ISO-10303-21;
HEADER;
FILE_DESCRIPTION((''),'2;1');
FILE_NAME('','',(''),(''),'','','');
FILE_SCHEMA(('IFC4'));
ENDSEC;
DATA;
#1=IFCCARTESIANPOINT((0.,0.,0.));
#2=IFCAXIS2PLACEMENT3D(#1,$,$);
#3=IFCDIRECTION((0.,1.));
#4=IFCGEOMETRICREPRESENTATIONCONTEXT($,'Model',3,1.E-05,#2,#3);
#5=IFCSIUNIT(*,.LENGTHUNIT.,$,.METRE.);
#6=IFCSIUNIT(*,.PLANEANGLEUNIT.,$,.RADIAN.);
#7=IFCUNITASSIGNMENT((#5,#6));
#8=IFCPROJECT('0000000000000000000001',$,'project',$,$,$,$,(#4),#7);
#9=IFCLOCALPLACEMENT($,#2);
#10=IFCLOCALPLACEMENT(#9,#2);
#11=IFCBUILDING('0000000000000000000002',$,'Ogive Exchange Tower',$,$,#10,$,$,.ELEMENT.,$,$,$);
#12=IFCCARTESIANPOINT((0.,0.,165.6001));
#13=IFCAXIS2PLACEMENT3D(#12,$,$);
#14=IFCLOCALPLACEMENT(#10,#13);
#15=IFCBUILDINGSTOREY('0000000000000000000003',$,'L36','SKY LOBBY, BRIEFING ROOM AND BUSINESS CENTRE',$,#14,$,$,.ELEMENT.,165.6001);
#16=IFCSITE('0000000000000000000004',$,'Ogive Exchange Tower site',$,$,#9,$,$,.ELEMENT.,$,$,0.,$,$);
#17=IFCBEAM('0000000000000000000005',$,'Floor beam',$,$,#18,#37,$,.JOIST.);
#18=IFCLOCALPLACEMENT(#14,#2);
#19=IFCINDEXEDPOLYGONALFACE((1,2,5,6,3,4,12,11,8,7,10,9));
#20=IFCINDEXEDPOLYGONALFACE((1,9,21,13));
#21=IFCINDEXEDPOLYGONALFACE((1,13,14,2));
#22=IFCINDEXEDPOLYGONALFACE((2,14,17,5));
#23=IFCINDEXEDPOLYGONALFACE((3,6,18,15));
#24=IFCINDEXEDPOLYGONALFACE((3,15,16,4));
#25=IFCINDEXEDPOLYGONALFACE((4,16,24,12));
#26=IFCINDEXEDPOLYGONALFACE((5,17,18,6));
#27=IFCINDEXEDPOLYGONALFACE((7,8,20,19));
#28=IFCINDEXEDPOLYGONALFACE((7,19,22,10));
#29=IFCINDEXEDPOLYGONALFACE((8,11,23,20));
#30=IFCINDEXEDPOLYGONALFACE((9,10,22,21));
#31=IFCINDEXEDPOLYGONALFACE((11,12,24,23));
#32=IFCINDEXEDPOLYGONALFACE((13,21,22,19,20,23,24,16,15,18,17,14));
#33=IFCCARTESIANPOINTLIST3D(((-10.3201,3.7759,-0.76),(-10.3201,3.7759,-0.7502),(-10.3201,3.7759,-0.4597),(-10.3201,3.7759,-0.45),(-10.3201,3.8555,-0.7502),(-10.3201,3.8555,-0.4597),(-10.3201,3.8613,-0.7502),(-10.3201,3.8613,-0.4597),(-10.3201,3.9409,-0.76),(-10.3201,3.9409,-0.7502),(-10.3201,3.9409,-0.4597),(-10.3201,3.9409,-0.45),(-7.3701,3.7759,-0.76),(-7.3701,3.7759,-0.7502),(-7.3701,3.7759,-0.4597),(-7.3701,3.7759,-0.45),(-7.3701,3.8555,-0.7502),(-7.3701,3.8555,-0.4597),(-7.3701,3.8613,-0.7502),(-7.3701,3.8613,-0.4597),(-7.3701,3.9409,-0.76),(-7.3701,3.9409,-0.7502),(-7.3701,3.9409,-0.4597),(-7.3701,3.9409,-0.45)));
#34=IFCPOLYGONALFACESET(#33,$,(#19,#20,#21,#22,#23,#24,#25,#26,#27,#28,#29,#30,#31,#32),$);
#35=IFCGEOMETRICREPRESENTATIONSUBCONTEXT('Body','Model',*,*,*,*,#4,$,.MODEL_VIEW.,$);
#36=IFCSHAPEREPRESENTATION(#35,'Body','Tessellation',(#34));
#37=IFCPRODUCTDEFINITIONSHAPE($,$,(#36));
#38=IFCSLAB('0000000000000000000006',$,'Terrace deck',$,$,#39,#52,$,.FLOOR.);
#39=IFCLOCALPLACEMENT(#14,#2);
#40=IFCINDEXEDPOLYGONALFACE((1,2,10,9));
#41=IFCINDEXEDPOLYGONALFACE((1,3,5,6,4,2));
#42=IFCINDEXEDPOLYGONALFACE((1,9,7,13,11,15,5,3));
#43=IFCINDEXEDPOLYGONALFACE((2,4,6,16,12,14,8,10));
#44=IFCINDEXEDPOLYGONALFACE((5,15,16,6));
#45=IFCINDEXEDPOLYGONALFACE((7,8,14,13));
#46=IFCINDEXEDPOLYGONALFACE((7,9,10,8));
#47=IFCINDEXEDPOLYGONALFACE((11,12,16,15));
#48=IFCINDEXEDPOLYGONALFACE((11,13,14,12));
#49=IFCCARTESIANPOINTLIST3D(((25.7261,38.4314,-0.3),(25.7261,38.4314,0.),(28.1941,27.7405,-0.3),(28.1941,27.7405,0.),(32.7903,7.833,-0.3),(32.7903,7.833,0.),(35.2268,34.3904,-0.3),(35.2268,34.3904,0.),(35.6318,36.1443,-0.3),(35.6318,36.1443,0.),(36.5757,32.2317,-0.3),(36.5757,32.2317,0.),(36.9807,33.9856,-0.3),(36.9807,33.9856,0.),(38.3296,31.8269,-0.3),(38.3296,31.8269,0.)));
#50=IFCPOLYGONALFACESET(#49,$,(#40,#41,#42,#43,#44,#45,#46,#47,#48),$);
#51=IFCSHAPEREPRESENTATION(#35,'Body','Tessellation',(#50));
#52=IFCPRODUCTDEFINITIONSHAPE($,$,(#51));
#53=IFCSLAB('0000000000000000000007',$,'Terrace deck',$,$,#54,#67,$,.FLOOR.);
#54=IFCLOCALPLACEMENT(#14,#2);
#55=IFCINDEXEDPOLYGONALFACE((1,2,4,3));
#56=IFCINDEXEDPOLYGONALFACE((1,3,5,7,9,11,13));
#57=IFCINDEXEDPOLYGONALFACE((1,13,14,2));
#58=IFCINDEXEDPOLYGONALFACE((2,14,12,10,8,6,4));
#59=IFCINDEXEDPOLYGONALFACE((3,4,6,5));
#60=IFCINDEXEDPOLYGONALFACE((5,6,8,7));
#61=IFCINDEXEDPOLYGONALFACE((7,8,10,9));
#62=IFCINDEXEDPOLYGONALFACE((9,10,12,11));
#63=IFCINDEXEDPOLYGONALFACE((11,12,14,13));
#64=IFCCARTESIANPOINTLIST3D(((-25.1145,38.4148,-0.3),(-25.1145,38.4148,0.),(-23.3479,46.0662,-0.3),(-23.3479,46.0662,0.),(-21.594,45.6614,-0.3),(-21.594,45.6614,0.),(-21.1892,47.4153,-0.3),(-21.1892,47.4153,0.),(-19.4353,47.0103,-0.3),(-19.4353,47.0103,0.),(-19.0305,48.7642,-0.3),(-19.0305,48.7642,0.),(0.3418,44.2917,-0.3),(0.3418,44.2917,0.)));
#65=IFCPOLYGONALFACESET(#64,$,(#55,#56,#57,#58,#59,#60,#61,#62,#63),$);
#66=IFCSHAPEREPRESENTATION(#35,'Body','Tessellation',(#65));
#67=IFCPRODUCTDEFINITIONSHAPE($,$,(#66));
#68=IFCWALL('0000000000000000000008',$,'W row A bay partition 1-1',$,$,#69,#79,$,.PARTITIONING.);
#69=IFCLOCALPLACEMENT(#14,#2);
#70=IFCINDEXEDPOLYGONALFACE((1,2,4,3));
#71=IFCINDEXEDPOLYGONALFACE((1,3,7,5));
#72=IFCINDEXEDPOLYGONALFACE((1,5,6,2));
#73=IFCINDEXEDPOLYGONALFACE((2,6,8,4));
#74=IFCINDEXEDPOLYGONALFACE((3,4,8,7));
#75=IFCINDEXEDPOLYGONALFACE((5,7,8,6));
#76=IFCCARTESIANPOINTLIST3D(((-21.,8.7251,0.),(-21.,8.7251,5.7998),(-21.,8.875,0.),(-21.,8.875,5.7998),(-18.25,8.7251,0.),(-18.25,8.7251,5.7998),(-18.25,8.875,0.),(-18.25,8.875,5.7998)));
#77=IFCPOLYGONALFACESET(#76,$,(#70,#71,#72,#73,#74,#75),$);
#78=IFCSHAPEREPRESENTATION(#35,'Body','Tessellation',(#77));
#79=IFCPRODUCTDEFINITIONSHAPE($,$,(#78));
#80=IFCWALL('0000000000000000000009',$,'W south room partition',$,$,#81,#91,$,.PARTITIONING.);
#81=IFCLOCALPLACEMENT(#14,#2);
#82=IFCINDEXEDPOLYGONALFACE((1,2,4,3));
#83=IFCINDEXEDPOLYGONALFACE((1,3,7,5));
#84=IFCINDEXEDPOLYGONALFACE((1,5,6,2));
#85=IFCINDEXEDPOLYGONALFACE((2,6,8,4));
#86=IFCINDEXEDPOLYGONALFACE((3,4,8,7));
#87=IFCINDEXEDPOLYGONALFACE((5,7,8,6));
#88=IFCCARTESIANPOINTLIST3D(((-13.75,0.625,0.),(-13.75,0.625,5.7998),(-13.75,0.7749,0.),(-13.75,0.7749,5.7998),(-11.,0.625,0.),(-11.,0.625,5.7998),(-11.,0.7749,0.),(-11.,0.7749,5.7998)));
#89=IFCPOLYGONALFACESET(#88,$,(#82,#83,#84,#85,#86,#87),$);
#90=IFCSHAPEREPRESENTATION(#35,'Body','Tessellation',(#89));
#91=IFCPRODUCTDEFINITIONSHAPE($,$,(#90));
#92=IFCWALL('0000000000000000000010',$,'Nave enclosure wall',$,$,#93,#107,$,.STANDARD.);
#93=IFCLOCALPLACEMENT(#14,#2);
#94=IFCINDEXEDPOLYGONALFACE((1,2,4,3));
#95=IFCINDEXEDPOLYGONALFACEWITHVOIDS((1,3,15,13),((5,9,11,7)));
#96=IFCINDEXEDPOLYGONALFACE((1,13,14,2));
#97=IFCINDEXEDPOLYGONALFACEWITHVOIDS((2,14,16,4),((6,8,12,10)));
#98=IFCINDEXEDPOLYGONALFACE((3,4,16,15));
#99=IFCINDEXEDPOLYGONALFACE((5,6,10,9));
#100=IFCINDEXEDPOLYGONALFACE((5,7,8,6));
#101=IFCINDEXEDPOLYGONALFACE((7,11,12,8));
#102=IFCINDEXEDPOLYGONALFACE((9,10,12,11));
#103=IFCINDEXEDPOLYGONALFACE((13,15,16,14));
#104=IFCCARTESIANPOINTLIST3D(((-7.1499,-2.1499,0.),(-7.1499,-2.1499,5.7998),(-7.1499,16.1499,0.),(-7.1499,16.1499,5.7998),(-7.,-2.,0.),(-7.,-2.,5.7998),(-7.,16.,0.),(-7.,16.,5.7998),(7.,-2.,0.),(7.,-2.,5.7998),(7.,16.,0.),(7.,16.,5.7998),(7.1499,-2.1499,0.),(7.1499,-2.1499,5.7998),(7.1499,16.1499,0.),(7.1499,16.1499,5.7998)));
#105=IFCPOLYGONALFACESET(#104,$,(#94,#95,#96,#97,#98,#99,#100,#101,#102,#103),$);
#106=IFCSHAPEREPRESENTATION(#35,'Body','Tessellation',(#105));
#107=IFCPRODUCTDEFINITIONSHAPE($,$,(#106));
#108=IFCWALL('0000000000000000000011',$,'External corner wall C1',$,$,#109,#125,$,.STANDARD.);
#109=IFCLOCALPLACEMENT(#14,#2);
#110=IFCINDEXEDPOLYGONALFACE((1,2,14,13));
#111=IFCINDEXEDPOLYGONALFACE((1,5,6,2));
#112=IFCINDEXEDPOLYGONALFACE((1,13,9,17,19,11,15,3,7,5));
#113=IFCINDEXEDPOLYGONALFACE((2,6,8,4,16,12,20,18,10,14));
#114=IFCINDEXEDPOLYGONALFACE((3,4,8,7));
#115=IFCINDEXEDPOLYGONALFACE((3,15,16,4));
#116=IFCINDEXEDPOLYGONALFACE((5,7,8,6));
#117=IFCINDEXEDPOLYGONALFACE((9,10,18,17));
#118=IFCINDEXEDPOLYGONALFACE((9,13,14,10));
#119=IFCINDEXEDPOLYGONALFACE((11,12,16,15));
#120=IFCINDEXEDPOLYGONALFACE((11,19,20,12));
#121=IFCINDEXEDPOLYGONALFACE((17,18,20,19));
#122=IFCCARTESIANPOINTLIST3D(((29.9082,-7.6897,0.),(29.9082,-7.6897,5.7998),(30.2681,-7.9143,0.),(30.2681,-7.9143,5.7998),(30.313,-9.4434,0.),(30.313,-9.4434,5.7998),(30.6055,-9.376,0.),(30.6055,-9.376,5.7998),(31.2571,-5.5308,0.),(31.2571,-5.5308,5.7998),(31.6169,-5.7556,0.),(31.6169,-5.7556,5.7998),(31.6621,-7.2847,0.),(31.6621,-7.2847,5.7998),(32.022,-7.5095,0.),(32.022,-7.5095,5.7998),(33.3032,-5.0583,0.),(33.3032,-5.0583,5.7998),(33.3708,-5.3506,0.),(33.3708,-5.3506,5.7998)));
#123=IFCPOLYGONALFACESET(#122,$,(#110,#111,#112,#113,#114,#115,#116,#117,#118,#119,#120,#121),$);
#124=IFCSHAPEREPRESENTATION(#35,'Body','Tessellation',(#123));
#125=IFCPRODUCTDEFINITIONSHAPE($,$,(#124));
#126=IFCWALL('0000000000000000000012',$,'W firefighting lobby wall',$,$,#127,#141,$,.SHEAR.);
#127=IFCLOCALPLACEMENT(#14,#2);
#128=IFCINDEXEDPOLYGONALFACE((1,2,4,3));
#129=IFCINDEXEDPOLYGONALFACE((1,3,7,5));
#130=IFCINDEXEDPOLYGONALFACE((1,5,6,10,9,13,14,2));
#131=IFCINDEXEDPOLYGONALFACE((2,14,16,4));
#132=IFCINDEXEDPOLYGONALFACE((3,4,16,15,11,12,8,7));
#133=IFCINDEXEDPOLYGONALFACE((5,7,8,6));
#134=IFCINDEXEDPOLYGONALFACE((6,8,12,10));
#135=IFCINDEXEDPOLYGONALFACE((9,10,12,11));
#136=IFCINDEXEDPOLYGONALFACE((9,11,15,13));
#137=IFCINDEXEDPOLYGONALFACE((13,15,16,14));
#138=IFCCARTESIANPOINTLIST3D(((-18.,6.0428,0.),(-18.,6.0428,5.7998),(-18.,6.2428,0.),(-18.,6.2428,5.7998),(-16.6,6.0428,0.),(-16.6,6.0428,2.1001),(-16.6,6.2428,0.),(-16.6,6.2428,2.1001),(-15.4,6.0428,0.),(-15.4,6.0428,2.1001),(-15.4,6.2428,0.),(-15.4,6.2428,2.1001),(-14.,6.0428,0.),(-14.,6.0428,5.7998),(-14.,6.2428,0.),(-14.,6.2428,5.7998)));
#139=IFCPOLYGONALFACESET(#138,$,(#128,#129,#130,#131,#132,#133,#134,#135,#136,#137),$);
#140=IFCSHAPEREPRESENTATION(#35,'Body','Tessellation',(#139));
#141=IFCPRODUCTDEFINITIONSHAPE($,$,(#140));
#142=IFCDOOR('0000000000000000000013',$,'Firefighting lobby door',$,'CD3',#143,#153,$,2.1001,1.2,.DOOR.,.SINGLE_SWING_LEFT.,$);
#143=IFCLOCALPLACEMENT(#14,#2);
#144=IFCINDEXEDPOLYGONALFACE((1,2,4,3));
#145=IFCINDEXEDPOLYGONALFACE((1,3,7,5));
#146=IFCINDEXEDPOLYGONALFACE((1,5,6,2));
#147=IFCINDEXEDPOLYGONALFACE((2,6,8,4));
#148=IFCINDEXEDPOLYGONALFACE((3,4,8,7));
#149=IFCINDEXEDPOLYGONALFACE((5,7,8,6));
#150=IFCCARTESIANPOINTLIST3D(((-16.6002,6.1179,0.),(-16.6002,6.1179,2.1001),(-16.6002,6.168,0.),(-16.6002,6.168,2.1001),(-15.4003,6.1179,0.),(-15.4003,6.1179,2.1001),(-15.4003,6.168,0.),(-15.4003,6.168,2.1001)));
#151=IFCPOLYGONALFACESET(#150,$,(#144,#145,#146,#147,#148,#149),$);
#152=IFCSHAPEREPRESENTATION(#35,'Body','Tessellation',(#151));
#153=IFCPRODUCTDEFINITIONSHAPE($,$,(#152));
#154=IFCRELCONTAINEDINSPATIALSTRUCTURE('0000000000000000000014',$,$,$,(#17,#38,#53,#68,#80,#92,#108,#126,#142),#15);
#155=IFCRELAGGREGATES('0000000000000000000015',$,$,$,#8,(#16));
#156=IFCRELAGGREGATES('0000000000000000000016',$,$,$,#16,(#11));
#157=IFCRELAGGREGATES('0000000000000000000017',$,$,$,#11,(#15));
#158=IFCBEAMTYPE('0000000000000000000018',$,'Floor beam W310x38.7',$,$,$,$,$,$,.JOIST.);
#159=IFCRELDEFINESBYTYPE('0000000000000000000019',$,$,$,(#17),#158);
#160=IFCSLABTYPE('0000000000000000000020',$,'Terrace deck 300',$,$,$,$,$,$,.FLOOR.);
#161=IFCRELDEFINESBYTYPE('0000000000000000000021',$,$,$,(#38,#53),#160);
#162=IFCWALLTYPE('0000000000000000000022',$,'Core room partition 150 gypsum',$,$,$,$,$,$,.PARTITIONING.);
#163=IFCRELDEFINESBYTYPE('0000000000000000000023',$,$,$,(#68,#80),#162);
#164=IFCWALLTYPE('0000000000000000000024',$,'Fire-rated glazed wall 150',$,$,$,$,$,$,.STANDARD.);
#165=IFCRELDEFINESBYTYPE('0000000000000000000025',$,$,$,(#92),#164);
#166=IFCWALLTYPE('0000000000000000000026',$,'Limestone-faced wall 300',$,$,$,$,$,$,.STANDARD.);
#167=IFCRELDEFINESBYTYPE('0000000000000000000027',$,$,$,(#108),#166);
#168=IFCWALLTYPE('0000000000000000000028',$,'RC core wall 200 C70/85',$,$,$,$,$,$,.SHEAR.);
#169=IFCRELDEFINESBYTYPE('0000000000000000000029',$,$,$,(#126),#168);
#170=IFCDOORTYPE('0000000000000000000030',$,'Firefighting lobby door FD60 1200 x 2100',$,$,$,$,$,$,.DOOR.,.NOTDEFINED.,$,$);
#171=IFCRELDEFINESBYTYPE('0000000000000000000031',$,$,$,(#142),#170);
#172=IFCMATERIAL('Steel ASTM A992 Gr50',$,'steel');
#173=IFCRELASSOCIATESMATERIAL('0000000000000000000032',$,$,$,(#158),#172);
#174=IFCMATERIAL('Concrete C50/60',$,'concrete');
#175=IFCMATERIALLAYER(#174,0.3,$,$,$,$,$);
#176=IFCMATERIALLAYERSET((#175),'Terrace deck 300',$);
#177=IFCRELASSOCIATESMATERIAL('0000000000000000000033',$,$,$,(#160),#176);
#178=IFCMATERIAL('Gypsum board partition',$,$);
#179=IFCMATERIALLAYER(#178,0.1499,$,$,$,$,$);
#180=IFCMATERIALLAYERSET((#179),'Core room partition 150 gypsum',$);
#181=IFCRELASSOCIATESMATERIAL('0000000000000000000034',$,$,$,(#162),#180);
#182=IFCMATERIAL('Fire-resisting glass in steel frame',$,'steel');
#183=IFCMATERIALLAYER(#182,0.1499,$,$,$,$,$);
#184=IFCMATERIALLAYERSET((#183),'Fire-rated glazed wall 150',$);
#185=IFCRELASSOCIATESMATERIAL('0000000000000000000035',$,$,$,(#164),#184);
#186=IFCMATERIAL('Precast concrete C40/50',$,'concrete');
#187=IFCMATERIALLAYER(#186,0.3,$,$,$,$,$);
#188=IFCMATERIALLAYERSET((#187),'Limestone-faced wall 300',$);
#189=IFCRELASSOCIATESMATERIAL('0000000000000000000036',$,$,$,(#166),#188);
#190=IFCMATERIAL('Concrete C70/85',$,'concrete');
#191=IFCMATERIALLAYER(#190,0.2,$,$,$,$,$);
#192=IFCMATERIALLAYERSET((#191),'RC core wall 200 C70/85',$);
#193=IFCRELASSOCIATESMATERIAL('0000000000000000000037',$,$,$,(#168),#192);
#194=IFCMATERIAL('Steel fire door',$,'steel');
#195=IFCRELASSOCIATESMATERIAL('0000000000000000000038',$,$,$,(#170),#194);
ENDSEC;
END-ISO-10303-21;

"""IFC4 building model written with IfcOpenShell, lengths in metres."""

from ifc_helpers import new_model, si_unit, direction, frame, frame_2d, origin, origin_2d, place, context, subcontext, project, spatial, polyline, rectangle, i_section, outline, extrude, material, layer, layer_set, material_profile, profile_set, type_object, element, fill, save


model = new_model("IFC4")

# Units and contexts
model_context = context("Model", 3, precision=1e-05, world=origin(), true_north=direction((0.0, 1.0)))
body_context = subcontext(model_context, "Body", "Model", "MODEL_VIEW")
ifc_project = project(units=[si_unit("LENGTHUNIT", "METRE"), si_unit("PLANEANGLEUNIT", "RADIAN")], contexts=[model_context])

# Site, building, storey
site_placement = place(None, origin())
site = spatial("IfcSite", under=ifc_project, at=site_placement, Name="Ogive Exchange Tower site", CompositionType="ELEMENT", RefElevation=0.0)
building_placement = place(site_placement, origin())
building = spatial("IfcBuilding", under=site, at=building_placement, Name="Ogive Exchange Tower", CompositionType="ELEMENT")
storey_placement = place(building_placement, frame((0.0, 0.0, 165.6001)))
storey = spatial("IfcBuildingStorey", under=building, at=storey_placement, Name="L36", Description="SKY LOBBY, BRIEFING ROOM AND BUSINESS CENTRE", CompositionType="ELEMENT", Elevation=165.6001)

# Beam
ifc_material_1 = material(Name="Steel ASTM A992 Gr50", Category="steel")
ifc_material_profile = material_profile(ifc_material_1, i_section(OverallWidth=0.165, OverallDepth=0.3101, WebThickness=0.0059, FlangeThickness=0.0098, at=origin_2d()), Name="W310x38.7")
ifc_profile_set = profile_set([ifc_material_profile], Name="Steel ASTM A992 Gr50")
beam_type = type_object("IfcBeamType", Name="Floor beam W310x38.7", PredefinedType="JOIST", material=ifc_profile_set)
beam_placement = place(storey_placement, frame((-10.3201, 3.8584, -0.605), z_axis=(1.0, 0.0, 0.0), x_axis=(0.0, 1.0, 0.0)))
element("IfcBeam", 1, at=beam_placement, inside=storey, type_object=beam_type, Name="Floor beam", PredefinedType="JOIST", context=body_context, shape_type="SweptSolid", body=[
    extrude(i_section(OverallWidth=0.165, OverallDepth=0.3101, WebThickness=0.0059, FlangeThickness=0.0098, at=origin_2d()), origin(), (0.0, 0.0, 1.0), 2.95),
])

# Slabs
ifc_material_2 = material(Name="Concrete C50/60", Category="concrete")
ifc_layer_1 = layer(ifc_material_2, 0.3)
ifc_layer_set_1 = layer_set([ifc_layer_1], Name="Terrace deck 300")
slab_type = type_object("IfcSlabType", Name="Terrace deck 300", PredefinedType="FLOOR", material=ifc_layer_set_1)
slab_1_placement = place(storey_placement, frame((0.0, 0.0, -0.3)))
element("IfcSlab", 2, at=slab_1_placement, inside=storey, type_object=slab_type, Name="Terrace deck", PredefinedType="FLOOR", context=body_context, shape_type="SweptSolid", body=[
    extrude(outline(polyline([(35.2268, 34.3904), (36.9807, 33.9856), (36.5757, 32.2317), (38.3296, 31.8269), (32.7903, 7.833), (28.1941, 27.7405), (25.7261, 38.4314), (35.6318, 36.1443), (35.2268, 34.3904)])), origin(), (0.0, 0.0, 1.0), 0.3),
])
slab_2_placement = place(storey_placement, frame((0.0, 0.0, -0.3)))
element("IfcSlab", 3, at=slab_2_placement, inside=storey, type_object=slab_type, Name="Terrace deck", PredefinedType="FLOOR", context=body_context, shape_type="SweptSolid", body=[
    extrude(outline(polyline([(-21.594, 45.6614), (-21.1892, 47.4153), (-19.4353, 47.0103), (-19.0305, 48.7642), (0.3418, 44.2917), (-25.1145, 38.4148), (-23.3479, 46.0662), (-21.594, 45.6614)])), origin(), (0.0, 0.0, 1.0), 0.3),
])

# Walls
ifc_material_3 = material(Name="Gypsum board partition")
ifc_layer_2 = layer(ifc_material_3, 0.1499)
ifc_layer_set_2 = layer_set([ifc_layer_2], Name="Core room partition 150 gypsum")
wall_type_1 = type_object("IfcWallType", Name="Core room partition 150 gypsum", PredefinedType="PARTITIONING", material=ifc_layer_set_2)
for number, where, z_axis, x_axis, name in (
    (4, (-21.0, 8.8, 0.0), (0.0, 0.0, 1.0), (1.0, 0.0, 0.0), "W row A bay partition 1-1"),
    (5, (-13.75, 0.7, 0.0), (0.0, 0.0, 1.0), (1.0, 0.0, 0.0), "W south room partition"),
):
    element("IfcWall", number, at=place(storey_placement, frame(where, z_axis=z_axis, x_axis=x_axis)), inside=storey, type_object=wall_type_1, Name=name, PredefinedType="PARTITIONING", context=body_context, shape_type="SweptSolid", body=[
        extrude(rectangle(XDim=2.75, YDim=0.1499, at=frame_2d((1.375, 0.0))), origin(), (0.0, 0.0, 1.0), 5.7998),
    ])
ifc_material_4 = material(Name="Fire-resisting glass in steel frame", Category="steel")
ifc_layer_3 = layer(ifc_material_4, 0.1499)
ifc_layer_set_3 = layer_set([ifc_layer_3], Name="Fire-rated glazed wall 150")
wall_type_2 = type_object("IfcWallType", Name="Fire-rated glazed wall 150", PredefinedType="STANDARD", material=ifc_layer_set_3)
wall_1_placement = place(storey_placement, origin())
element("IfcWall", 6, at=wall_1_placement, inside=storey, type_object=wall_type_2, Name="Nave enclosure wall", PredefinedType="STANDARD", context=body_context, shape_type="SweptSolid", body=[
    extrude(outline(polyline([(-7.1499, -2.1499), (7.1499, -2.1499), (7.1499, 16.1499), (-7.1499, 16.1499), (-7.1499, -2.1499)]), holes=[polyline([(-7.0, -2.0), (-7.0, 16.0), (7.0, 16.0), (7.0, -2.0), (-7.0, -2.0)])]), origin(), (0.0, 0.0, 1.0), 5.7998),
])
ifc_material_5 = material(Name="Precast concrete C40/50", Category="concrete")
ifc_layer_4 = layer(ifc_material_5, 0.3)
ifc_layer_set_4 = layer_set([ifc_layer_4], Name="Limestone-faced wall 300")
wall_type_3 = type_object("IfcWallType", Name="Limestone-faced wall 300", PredefinedType="STANDARD", material=ifc_layer_set_4)
wall_2_placement = place(storey_placement, origin())
element("IfcWall", 7, at=wall_2_placement, inside=storey, type_object=wall_type_3, Name="External corner wall C1", PredefinedType="STANDARD", context=body_context, shape_type="SweptSolid", body=[
    extrude(outline(polyline([(31.6621, -7.2847), (31.2571, -5.5308), (33.3032, -5.0583), (33.3708, -5.3506), (31.6169, -5.7556), (32.022, -7.5095), (30.2681, -7.9143), (30.6055, -9.376), (30.313, -9.4434), (29.9082, -7.6897), (31.6621, -7.2847)])), origin(), (0.0, 0.0, 1.0), 5.7998),
])

# Wall, opening, door
ifc_material_6 = material(Name="Concrete C70/85", Category="concrete")
ifc_layer_5 = layer(ifc_material_6, 0.2)
ifc_layer_set_5 = layer_set([ifc_layer_5], Name="RC core wall 200 C70/85")
wall_type_4 = type_object("IfcWallType", Name="RC core wall 200 C70/85", PredefinedType="SHEAR", material=ifc_layer_set_5)
wall_3_placement = place(storey_placement, frame((-18.0, 6.1428, 0.0), z_axis=(0.0, 0.0, 1.0), x_axis=(1.0, 0.0, 0.0)))
wall_3 = element("IfcWall", 8, at=wall_3_placement, inside=storey, type_object=wall_type_4, Name="W firefighting lobby wall", PredefinedType="SHEAR", context=body_context, shape_type="SweptSolid", body=[
    extrude(rectangle(XDim=4.0, YDim=0.2, at=frame_2d((2.0, 0.0))), origin(), (0.0, 0.0, 1.0), 5.7998),
])
opening_1_placement = place(wall_3_placement, frame((1.3999, 0.0, 0.0)))
opening_1 = element("IfcOpeningElement", 9, at=opening_1_placement, cuts=wall_3, PredefinedType="OPENING", context=body_context, shape_type="SweptSolid", body=[
    extrude(rectangle(XDim=1.2, YDim=2.1001, at=frame_2d((0.6001, 1.05))), frame((0.0, 0.1099, 0.0), z_axis=(0.0, -1.0, 0.0), x_axis=(1.0, 0.0, 0.0)), (0.0, 0.0, 1.0), 0.22),
])
ifc_material_7 = material(Name="Steel fire door", Category="steel")
door_type_1 = type_object("IfcDoorType", Name="Firefighting lobby door FD60 1200 x 2100", OperationType="NOTDEFINED", PredefinedType="DOOR", material=ifc_material_7)
door_1_placement = place(opening_1_placement, frame((1.2, 0.0, 0.0), z_axis=(0.0, 0.0, 1.0), x_axis=(-1.0, 0.0, 0.0)))
door_1 = element("IfcDoor", 10, at=door_1_placement, inside=storey, type_object=door_type_1, Name="Firefighting lobby door", ObjectType="CD3", OperationType="SINGLE_SWING_LEFT", OverallHeight=2.1001, OverallWidth=1.2, PredefinedType="DOOR", context=body_context, shape_type="SweptSolid", body=[
    extrude(rectangle(XDim=1.2, YDim=2.1001, at=frame_2d((0.6001, 1.05))), frame((0.0, 0.0249, 0.0), z_axis=(0.0, -1.0, 0.0), x_axis=(1.0, 0.0, 0.0)), (0.0, 0.0, 1.0), 0.05),
])
fill(opening_1, door_1)

save(model, "model.ifc")
